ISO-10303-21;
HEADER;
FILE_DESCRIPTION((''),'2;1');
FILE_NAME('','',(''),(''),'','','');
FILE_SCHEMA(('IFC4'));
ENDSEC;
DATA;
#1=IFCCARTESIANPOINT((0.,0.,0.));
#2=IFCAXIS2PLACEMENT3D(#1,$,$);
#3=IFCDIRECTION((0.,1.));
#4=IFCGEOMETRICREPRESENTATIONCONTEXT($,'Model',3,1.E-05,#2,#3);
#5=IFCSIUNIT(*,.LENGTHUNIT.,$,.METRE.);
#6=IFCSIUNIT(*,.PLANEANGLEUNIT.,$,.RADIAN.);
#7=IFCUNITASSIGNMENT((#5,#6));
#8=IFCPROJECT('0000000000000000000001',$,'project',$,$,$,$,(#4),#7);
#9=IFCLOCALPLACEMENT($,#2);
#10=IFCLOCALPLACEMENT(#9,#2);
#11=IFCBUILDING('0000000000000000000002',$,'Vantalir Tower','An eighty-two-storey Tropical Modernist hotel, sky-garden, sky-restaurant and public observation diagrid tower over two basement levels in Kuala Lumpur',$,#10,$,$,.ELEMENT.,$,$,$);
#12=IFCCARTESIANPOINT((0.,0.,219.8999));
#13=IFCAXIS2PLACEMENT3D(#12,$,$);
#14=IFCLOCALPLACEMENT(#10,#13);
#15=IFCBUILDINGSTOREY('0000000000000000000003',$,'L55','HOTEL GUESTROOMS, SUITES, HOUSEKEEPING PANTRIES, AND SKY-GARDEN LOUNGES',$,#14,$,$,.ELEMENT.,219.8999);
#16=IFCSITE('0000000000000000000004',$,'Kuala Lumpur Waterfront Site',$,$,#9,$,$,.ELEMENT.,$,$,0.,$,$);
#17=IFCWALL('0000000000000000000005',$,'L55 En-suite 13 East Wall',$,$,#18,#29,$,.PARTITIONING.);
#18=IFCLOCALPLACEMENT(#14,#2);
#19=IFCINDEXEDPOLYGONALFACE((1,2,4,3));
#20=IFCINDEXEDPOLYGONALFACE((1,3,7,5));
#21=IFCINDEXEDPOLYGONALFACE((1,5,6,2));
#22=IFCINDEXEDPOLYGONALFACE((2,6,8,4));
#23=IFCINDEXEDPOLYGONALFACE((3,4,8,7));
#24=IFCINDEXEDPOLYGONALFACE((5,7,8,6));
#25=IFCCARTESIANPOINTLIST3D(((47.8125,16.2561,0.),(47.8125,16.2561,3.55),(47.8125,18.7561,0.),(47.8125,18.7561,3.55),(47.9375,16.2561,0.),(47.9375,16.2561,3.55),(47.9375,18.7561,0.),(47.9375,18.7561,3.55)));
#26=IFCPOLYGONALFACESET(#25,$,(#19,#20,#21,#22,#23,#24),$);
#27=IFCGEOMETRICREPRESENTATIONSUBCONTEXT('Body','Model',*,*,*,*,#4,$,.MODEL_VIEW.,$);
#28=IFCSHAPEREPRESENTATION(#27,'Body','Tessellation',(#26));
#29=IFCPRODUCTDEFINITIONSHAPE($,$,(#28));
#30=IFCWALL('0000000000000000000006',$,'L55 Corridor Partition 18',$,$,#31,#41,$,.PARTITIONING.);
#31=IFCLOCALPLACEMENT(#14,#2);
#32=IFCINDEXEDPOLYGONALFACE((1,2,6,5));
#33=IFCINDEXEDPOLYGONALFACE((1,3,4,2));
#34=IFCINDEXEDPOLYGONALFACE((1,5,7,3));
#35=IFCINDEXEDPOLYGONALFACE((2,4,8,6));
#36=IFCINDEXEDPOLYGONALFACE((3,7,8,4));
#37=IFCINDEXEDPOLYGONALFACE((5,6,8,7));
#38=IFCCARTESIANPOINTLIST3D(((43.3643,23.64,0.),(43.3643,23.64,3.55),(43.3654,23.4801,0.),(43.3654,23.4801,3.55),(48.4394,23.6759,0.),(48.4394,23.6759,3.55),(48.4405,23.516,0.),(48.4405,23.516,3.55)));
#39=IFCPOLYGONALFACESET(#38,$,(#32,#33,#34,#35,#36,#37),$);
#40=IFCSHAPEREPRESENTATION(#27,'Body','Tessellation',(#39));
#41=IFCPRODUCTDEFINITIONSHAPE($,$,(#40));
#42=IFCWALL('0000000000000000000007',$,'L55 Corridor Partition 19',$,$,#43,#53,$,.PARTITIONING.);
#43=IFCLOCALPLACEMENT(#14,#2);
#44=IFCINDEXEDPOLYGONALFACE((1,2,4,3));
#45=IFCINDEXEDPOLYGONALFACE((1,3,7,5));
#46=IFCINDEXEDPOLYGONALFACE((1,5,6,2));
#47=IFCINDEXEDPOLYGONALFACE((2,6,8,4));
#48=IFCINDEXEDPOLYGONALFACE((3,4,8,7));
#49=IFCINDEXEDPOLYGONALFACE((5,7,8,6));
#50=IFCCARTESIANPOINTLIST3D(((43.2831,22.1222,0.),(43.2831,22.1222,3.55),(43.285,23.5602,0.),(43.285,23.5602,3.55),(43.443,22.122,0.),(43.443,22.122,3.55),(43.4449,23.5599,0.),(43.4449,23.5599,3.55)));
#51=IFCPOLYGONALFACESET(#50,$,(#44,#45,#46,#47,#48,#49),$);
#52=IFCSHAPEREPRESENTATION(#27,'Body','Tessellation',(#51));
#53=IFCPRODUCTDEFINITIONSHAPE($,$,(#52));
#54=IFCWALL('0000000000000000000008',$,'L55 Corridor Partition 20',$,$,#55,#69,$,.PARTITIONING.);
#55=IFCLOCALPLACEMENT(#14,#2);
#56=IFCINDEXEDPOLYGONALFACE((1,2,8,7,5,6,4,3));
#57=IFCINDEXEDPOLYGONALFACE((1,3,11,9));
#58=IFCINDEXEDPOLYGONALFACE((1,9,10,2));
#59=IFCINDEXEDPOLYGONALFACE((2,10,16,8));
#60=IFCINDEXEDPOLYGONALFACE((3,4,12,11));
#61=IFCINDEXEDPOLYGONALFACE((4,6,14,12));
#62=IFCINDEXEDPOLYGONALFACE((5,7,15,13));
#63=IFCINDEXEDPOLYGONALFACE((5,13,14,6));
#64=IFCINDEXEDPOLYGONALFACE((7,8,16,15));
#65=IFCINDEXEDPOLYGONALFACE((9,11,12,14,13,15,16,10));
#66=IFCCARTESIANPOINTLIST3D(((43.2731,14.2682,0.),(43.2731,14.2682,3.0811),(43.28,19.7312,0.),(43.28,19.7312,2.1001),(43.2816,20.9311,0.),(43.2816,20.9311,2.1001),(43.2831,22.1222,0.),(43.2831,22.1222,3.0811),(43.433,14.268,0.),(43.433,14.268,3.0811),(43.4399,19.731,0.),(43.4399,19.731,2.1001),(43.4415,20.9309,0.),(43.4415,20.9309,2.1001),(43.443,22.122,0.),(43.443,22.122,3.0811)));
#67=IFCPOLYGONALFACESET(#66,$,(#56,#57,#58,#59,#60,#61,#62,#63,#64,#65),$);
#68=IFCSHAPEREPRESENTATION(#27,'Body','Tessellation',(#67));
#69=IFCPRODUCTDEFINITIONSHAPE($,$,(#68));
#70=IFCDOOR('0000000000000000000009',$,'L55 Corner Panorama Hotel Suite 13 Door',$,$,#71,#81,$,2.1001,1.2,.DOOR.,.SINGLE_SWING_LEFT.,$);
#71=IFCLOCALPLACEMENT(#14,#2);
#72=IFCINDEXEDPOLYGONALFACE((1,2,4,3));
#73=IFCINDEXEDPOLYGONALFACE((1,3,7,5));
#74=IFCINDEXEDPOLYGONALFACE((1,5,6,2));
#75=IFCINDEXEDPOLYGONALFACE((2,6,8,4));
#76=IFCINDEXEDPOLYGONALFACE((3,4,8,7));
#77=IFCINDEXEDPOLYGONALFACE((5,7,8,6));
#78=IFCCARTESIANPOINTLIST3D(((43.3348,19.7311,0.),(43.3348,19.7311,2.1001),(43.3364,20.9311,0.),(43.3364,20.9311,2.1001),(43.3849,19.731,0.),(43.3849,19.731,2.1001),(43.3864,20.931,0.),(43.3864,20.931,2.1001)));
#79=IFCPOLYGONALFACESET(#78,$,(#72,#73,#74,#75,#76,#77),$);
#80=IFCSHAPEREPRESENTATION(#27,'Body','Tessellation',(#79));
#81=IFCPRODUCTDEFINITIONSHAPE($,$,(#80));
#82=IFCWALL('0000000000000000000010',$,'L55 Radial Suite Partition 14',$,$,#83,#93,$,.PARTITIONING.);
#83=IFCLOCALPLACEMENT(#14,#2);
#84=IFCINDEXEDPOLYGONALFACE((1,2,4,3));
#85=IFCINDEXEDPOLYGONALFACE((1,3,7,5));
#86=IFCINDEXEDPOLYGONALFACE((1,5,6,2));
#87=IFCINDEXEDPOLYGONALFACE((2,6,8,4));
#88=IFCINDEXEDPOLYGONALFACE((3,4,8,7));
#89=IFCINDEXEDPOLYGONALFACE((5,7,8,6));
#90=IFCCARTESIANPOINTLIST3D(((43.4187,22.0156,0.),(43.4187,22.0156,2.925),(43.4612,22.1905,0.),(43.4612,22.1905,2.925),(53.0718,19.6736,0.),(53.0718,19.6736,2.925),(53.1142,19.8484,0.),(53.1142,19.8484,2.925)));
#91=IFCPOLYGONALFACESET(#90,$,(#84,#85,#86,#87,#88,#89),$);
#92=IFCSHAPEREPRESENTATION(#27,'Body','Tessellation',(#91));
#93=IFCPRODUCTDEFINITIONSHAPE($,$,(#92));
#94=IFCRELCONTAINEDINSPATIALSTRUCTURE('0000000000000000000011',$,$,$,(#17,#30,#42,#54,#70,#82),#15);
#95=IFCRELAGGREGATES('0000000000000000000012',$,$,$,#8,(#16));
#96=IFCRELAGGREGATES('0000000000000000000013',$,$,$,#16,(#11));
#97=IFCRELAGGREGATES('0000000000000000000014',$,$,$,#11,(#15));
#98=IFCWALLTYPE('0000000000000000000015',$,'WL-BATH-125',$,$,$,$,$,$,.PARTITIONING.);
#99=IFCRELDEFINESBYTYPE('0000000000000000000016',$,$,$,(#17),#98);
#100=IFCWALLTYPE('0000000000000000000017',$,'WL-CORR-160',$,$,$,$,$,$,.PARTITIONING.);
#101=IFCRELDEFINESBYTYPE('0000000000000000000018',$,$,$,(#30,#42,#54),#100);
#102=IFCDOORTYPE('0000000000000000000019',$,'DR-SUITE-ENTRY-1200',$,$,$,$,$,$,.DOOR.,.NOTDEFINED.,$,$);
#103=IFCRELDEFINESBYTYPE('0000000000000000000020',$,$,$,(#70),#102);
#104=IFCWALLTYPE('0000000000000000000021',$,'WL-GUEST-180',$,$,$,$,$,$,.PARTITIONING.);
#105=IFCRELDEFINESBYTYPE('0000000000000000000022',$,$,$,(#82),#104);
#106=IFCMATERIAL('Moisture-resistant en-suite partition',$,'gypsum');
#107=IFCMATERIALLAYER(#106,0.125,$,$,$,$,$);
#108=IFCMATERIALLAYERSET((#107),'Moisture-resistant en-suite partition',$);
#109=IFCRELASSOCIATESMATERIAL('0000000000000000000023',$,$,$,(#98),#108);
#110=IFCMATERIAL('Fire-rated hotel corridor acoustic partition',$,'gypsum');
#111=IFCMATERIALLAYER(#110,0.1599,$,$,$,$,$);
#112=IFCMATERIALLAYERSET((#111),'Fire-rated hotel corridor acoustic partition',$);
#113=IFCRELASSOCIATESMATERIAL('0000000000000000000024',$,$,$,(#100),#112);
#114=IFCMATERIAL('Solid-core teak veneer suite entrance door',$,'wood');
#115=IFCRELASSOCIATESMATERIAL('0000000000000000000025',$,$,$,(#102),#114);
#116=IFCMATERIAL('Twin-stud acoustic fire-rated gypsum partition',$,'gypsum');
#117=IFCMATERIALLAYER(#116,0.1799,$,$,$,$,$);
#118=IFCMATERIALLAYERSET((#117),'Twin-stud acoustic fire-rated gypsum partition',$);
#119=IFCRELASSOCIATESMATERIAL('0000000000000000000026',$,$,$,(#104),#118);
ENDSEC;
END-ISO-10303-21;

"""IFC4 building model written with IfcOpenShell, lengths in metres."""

from ifc_helpers import new_model, si_unit, direction, frame, frame_2d, origin, place, context, subcontext, project, spatial, rectangle, extrude, material, layer, layer_set, type_object, element, fill, save


model = new_model("IFC4")

# Units and contexts
model_context = context("Model", 3, precision=1e-05, world=origin(), true_north=direction((0.0, 1.0)))
body_context = subcontext(model_context, "Body", "Model", "MODEL_VIEW")
ifc_project = project(units=[si_unit("LENGTHUNIT", "METRE"), si_unit("PLANEANGLEUNIT", "RADIAN")], contexts=[model_context])

# Site, building, storey
site_placement = place(None, origin())
site = spatial("IfcSite", under=ifc_project, at=site_placement, Name="Kuala Lumpur Waterfront Site", CompositionType="ELEMENT", RefElevation=0.0)
building_placement = place(site_placement, origin())
building = spatial("IfcBuilding", under=site, at=building_placement, Name="Vantalir Tower", Description="An eighty-two-storey Tropical Modernist hotel, sky-garden, sky-restaurant and public observation diagrid tower over two basement levels in Kuala Lumpur", CompositionType="ELEMENT")
storey_placement = place(building_placement, frame((0.0, 0.0, 219.8999)))
storey = spatial("IfcBuildingStorey", under=building, at=storey_placement, Name="L55", Description="HOTEL GUESTROOMS, SUITES, HOUSEKEEPING PANTRIES, AND SKY-GARDEN LOUNGES", CompositionType="ELEMENT", Elevation=219.8999)

# Shared definitions
ifc_material_1 = material(Name="Moisture-resistant en-suite partition", Category="gypsum")
ifc_layer_1 = layer(ifc_material_1, 0.125)
ifc_layer_set_1 = layer_set([ifc_layer_1], Name="Moisture-resistant en-suite partition")
wall_type_1 = type_object("IfcWallType", Name="WL-BATH-125", PredefinedType="PARTITIONING", material=ifc_layer_set_1)

# Walls
wall_1_placement = place(storey_placement, frame((47.875, 16.2561, 0.0), z_axis=(0.0, 0.0, 1.0), x_axis=(0.0, 1.0, 0.0)))
element("IfcWall", 1, at=wall_1_placement, inside=storey, type_object=wall_type_1, Name="L55 En-suite 13 East Wall", PredefinedType="PARTITIONING", context=body_context, shape_type="SweptSolid", body=[
    extrude(rectangle(XDim=2.5, YDim=0.125, at=frame_2d((1.25, 0.0))), origin(), (0.0, 0.0, 1.0), 3.55),
])
ifc_material_2 = material(Name="Fire-rated hotel corridor acoustic partition", Category="gypsum")
ifc_layer_2 = layer(ifc_material_2, 0.1599)
ifc_layer_set_2 = layer_set([ifc_layer_2], Name="Fire-rated hotel corridor acoustic partition")
wall_type_2 = type_object("IfcWallType", Name="WL-CORR-160", PredefinedType="PARTITIONING", material=ifc_layer_set_2)
wall_2_placement = place(storey_placement, frame((48.4399, 23.5959, 0.0), z_axis=(0.0, 0.0, 1.0), x_axis=(-0.999975, -0.007072, 0.0)))
element("IfcWall", 2, at=wall_2_placement, inside=storey, type_object=wall_type_2, Name="L55 Corridor Partition 18", PredefinedType="PARTITIONING", context=body_context, shape_type="SweptSolid", body=[
    extrude(rectangle(XDim=5.0752, YDim=0.1599, at=frame_2d((2.5376, 0.0))), origin(), (0.0, 0.0, 1.0), 3.55),
])
wall_3_placement = place(storey_placement, frame((43.365, 23.5601, 0.0), z_axis=(0.0, 0.0, 1.0), x_axis=(-0.001358, -0.999999, 0.0)))
element("IfcWall", 3, at=wall_3_placement, inside=storey, type_object=wall_type_2, Name="L55 Corridor Partition 19", PredefinedType="PARTITIONING", context=body_context, shape_type="SweptSolid", body=[
    extrude(rectangle(XDim=1.438, YDim=0.1599, at=frame_2d((0.719, 0.0))), origin(), (0.0, 0.0, 1.0), 3.55),
])

# Wall, opening, door
wall_4_placement = place(storey_placement, frame((43.363, 22.1221, 0.0), z_axis=(0.0, 0.0, 1.0), x_axis=(-0.001274, -0.999999, 0.0)))
wall_4 = element("IfcWall", 4, at=wall_4_placement, inside=storey, type_object=wall_type_2, Name="L55 Corridor Partition 20", PredefinedType="PARTITIONING", context=body_context, shape_type="SweptSolid", body=[
    extrude(rectangle(XDim=7.854, YDim=0.1599, at=frame_2d((3.927, 0.0))), origin(), (0.0, 0.0, 1.0), 3.0811),
])
opening_1_placement = place(wall_4_placement, frame((1.1909, 0.0, 0.0)))
opening_1 = element("IfcOpeningElement", 5, at=opening_1_placement, cuts=wall_4, PredefinedType="OPENING", context=body_context, shape_type="SweptSolid", body=[
    extrude(rectangle(XDim=1.2, YDim=2.1001, at=frame_2d((0.6001, 1.05))), frame((0.0, 0.0898, 0.0), z_axis=(0.0, -1.0, 0.0), x_axis=(1.0, 0.0, 0.0)), (0.0, 0.0, 1.0), 0.1799),
])
ifc_material_3 = material(Name="Solid-core teak veneer suite entrance door", Category="wood")
door_type_1 = type_object("IfcDoorType", Name="DR-SUITE-ENTRY-1200", OperationType="NOTDEFINED", PredefinedType="DOOR", material=ifc_material_3)
door_1_placement = place(opening_1_placement, origin())
door_1 = element("IfcDoor", 6, at=door_1_placement, inside=storey, type_object=door_type_1, Name="L55 Corner Panorama Hotel Suite 13 Door", OperationType="SINGLE_SWING_LEFT", OverallHeight=2.1001, OverallWidth=1.2, PredefinedType="DOOR", context=body_context, shape_type="SweptSolid", body=[
    extrude(rectangle(XDim=1.2, YDim=2.1001, at=frame_2d((0.6001, 1.05))), frame((0.0, 0.0249, 0.0), z_axis=(0.0, -1.0, 0.0), x_axis=(1.0, 0.0, 0.0)), (0.0, 0.0, 1.0), 0.05),
])
fill(opening_1, door_1)

# Wall
ifc_material_4 = material(Name="Twin-stud acoustic fire-rated gypsum partition", Category="gypsum")
ifc_layer_3 = layer(ifc_material_4, 0.1799)
ifc_layer_set_3 = layer_set([ifc_layer_3], Name="Twin-stud acoustic fire-rated gypsum partition")
wall_type_3 = type_object("IfcWallType", Name="WL-GUEST-180", PredefinedType="PARTITIONING", material=ifc_layer_set_3)
wall_5_placement = place(storey_placement, frame((43.4399, 22.103, 0.0), z_axis=(0.0, 0.0, 1.0), x_axis=(0.971806, -0.235781, 0.0)))
element("IfcWall", 7, at=wall_5_placement, inside=storey, type_object=wall_type_3, Name="L55 Radial Suite Partition 14", PredefinedType="PARTITIONING", context=body_context, shape_type="SweptSolid", body=[
    extrude(rectangle(XDim=9.9331, YDim=0.1799, at=frame_2d((4.9666, 0.0))), origin(), (0.0, 0.0, 1.0), 2.925),
])

save(model, "model.ifc")
